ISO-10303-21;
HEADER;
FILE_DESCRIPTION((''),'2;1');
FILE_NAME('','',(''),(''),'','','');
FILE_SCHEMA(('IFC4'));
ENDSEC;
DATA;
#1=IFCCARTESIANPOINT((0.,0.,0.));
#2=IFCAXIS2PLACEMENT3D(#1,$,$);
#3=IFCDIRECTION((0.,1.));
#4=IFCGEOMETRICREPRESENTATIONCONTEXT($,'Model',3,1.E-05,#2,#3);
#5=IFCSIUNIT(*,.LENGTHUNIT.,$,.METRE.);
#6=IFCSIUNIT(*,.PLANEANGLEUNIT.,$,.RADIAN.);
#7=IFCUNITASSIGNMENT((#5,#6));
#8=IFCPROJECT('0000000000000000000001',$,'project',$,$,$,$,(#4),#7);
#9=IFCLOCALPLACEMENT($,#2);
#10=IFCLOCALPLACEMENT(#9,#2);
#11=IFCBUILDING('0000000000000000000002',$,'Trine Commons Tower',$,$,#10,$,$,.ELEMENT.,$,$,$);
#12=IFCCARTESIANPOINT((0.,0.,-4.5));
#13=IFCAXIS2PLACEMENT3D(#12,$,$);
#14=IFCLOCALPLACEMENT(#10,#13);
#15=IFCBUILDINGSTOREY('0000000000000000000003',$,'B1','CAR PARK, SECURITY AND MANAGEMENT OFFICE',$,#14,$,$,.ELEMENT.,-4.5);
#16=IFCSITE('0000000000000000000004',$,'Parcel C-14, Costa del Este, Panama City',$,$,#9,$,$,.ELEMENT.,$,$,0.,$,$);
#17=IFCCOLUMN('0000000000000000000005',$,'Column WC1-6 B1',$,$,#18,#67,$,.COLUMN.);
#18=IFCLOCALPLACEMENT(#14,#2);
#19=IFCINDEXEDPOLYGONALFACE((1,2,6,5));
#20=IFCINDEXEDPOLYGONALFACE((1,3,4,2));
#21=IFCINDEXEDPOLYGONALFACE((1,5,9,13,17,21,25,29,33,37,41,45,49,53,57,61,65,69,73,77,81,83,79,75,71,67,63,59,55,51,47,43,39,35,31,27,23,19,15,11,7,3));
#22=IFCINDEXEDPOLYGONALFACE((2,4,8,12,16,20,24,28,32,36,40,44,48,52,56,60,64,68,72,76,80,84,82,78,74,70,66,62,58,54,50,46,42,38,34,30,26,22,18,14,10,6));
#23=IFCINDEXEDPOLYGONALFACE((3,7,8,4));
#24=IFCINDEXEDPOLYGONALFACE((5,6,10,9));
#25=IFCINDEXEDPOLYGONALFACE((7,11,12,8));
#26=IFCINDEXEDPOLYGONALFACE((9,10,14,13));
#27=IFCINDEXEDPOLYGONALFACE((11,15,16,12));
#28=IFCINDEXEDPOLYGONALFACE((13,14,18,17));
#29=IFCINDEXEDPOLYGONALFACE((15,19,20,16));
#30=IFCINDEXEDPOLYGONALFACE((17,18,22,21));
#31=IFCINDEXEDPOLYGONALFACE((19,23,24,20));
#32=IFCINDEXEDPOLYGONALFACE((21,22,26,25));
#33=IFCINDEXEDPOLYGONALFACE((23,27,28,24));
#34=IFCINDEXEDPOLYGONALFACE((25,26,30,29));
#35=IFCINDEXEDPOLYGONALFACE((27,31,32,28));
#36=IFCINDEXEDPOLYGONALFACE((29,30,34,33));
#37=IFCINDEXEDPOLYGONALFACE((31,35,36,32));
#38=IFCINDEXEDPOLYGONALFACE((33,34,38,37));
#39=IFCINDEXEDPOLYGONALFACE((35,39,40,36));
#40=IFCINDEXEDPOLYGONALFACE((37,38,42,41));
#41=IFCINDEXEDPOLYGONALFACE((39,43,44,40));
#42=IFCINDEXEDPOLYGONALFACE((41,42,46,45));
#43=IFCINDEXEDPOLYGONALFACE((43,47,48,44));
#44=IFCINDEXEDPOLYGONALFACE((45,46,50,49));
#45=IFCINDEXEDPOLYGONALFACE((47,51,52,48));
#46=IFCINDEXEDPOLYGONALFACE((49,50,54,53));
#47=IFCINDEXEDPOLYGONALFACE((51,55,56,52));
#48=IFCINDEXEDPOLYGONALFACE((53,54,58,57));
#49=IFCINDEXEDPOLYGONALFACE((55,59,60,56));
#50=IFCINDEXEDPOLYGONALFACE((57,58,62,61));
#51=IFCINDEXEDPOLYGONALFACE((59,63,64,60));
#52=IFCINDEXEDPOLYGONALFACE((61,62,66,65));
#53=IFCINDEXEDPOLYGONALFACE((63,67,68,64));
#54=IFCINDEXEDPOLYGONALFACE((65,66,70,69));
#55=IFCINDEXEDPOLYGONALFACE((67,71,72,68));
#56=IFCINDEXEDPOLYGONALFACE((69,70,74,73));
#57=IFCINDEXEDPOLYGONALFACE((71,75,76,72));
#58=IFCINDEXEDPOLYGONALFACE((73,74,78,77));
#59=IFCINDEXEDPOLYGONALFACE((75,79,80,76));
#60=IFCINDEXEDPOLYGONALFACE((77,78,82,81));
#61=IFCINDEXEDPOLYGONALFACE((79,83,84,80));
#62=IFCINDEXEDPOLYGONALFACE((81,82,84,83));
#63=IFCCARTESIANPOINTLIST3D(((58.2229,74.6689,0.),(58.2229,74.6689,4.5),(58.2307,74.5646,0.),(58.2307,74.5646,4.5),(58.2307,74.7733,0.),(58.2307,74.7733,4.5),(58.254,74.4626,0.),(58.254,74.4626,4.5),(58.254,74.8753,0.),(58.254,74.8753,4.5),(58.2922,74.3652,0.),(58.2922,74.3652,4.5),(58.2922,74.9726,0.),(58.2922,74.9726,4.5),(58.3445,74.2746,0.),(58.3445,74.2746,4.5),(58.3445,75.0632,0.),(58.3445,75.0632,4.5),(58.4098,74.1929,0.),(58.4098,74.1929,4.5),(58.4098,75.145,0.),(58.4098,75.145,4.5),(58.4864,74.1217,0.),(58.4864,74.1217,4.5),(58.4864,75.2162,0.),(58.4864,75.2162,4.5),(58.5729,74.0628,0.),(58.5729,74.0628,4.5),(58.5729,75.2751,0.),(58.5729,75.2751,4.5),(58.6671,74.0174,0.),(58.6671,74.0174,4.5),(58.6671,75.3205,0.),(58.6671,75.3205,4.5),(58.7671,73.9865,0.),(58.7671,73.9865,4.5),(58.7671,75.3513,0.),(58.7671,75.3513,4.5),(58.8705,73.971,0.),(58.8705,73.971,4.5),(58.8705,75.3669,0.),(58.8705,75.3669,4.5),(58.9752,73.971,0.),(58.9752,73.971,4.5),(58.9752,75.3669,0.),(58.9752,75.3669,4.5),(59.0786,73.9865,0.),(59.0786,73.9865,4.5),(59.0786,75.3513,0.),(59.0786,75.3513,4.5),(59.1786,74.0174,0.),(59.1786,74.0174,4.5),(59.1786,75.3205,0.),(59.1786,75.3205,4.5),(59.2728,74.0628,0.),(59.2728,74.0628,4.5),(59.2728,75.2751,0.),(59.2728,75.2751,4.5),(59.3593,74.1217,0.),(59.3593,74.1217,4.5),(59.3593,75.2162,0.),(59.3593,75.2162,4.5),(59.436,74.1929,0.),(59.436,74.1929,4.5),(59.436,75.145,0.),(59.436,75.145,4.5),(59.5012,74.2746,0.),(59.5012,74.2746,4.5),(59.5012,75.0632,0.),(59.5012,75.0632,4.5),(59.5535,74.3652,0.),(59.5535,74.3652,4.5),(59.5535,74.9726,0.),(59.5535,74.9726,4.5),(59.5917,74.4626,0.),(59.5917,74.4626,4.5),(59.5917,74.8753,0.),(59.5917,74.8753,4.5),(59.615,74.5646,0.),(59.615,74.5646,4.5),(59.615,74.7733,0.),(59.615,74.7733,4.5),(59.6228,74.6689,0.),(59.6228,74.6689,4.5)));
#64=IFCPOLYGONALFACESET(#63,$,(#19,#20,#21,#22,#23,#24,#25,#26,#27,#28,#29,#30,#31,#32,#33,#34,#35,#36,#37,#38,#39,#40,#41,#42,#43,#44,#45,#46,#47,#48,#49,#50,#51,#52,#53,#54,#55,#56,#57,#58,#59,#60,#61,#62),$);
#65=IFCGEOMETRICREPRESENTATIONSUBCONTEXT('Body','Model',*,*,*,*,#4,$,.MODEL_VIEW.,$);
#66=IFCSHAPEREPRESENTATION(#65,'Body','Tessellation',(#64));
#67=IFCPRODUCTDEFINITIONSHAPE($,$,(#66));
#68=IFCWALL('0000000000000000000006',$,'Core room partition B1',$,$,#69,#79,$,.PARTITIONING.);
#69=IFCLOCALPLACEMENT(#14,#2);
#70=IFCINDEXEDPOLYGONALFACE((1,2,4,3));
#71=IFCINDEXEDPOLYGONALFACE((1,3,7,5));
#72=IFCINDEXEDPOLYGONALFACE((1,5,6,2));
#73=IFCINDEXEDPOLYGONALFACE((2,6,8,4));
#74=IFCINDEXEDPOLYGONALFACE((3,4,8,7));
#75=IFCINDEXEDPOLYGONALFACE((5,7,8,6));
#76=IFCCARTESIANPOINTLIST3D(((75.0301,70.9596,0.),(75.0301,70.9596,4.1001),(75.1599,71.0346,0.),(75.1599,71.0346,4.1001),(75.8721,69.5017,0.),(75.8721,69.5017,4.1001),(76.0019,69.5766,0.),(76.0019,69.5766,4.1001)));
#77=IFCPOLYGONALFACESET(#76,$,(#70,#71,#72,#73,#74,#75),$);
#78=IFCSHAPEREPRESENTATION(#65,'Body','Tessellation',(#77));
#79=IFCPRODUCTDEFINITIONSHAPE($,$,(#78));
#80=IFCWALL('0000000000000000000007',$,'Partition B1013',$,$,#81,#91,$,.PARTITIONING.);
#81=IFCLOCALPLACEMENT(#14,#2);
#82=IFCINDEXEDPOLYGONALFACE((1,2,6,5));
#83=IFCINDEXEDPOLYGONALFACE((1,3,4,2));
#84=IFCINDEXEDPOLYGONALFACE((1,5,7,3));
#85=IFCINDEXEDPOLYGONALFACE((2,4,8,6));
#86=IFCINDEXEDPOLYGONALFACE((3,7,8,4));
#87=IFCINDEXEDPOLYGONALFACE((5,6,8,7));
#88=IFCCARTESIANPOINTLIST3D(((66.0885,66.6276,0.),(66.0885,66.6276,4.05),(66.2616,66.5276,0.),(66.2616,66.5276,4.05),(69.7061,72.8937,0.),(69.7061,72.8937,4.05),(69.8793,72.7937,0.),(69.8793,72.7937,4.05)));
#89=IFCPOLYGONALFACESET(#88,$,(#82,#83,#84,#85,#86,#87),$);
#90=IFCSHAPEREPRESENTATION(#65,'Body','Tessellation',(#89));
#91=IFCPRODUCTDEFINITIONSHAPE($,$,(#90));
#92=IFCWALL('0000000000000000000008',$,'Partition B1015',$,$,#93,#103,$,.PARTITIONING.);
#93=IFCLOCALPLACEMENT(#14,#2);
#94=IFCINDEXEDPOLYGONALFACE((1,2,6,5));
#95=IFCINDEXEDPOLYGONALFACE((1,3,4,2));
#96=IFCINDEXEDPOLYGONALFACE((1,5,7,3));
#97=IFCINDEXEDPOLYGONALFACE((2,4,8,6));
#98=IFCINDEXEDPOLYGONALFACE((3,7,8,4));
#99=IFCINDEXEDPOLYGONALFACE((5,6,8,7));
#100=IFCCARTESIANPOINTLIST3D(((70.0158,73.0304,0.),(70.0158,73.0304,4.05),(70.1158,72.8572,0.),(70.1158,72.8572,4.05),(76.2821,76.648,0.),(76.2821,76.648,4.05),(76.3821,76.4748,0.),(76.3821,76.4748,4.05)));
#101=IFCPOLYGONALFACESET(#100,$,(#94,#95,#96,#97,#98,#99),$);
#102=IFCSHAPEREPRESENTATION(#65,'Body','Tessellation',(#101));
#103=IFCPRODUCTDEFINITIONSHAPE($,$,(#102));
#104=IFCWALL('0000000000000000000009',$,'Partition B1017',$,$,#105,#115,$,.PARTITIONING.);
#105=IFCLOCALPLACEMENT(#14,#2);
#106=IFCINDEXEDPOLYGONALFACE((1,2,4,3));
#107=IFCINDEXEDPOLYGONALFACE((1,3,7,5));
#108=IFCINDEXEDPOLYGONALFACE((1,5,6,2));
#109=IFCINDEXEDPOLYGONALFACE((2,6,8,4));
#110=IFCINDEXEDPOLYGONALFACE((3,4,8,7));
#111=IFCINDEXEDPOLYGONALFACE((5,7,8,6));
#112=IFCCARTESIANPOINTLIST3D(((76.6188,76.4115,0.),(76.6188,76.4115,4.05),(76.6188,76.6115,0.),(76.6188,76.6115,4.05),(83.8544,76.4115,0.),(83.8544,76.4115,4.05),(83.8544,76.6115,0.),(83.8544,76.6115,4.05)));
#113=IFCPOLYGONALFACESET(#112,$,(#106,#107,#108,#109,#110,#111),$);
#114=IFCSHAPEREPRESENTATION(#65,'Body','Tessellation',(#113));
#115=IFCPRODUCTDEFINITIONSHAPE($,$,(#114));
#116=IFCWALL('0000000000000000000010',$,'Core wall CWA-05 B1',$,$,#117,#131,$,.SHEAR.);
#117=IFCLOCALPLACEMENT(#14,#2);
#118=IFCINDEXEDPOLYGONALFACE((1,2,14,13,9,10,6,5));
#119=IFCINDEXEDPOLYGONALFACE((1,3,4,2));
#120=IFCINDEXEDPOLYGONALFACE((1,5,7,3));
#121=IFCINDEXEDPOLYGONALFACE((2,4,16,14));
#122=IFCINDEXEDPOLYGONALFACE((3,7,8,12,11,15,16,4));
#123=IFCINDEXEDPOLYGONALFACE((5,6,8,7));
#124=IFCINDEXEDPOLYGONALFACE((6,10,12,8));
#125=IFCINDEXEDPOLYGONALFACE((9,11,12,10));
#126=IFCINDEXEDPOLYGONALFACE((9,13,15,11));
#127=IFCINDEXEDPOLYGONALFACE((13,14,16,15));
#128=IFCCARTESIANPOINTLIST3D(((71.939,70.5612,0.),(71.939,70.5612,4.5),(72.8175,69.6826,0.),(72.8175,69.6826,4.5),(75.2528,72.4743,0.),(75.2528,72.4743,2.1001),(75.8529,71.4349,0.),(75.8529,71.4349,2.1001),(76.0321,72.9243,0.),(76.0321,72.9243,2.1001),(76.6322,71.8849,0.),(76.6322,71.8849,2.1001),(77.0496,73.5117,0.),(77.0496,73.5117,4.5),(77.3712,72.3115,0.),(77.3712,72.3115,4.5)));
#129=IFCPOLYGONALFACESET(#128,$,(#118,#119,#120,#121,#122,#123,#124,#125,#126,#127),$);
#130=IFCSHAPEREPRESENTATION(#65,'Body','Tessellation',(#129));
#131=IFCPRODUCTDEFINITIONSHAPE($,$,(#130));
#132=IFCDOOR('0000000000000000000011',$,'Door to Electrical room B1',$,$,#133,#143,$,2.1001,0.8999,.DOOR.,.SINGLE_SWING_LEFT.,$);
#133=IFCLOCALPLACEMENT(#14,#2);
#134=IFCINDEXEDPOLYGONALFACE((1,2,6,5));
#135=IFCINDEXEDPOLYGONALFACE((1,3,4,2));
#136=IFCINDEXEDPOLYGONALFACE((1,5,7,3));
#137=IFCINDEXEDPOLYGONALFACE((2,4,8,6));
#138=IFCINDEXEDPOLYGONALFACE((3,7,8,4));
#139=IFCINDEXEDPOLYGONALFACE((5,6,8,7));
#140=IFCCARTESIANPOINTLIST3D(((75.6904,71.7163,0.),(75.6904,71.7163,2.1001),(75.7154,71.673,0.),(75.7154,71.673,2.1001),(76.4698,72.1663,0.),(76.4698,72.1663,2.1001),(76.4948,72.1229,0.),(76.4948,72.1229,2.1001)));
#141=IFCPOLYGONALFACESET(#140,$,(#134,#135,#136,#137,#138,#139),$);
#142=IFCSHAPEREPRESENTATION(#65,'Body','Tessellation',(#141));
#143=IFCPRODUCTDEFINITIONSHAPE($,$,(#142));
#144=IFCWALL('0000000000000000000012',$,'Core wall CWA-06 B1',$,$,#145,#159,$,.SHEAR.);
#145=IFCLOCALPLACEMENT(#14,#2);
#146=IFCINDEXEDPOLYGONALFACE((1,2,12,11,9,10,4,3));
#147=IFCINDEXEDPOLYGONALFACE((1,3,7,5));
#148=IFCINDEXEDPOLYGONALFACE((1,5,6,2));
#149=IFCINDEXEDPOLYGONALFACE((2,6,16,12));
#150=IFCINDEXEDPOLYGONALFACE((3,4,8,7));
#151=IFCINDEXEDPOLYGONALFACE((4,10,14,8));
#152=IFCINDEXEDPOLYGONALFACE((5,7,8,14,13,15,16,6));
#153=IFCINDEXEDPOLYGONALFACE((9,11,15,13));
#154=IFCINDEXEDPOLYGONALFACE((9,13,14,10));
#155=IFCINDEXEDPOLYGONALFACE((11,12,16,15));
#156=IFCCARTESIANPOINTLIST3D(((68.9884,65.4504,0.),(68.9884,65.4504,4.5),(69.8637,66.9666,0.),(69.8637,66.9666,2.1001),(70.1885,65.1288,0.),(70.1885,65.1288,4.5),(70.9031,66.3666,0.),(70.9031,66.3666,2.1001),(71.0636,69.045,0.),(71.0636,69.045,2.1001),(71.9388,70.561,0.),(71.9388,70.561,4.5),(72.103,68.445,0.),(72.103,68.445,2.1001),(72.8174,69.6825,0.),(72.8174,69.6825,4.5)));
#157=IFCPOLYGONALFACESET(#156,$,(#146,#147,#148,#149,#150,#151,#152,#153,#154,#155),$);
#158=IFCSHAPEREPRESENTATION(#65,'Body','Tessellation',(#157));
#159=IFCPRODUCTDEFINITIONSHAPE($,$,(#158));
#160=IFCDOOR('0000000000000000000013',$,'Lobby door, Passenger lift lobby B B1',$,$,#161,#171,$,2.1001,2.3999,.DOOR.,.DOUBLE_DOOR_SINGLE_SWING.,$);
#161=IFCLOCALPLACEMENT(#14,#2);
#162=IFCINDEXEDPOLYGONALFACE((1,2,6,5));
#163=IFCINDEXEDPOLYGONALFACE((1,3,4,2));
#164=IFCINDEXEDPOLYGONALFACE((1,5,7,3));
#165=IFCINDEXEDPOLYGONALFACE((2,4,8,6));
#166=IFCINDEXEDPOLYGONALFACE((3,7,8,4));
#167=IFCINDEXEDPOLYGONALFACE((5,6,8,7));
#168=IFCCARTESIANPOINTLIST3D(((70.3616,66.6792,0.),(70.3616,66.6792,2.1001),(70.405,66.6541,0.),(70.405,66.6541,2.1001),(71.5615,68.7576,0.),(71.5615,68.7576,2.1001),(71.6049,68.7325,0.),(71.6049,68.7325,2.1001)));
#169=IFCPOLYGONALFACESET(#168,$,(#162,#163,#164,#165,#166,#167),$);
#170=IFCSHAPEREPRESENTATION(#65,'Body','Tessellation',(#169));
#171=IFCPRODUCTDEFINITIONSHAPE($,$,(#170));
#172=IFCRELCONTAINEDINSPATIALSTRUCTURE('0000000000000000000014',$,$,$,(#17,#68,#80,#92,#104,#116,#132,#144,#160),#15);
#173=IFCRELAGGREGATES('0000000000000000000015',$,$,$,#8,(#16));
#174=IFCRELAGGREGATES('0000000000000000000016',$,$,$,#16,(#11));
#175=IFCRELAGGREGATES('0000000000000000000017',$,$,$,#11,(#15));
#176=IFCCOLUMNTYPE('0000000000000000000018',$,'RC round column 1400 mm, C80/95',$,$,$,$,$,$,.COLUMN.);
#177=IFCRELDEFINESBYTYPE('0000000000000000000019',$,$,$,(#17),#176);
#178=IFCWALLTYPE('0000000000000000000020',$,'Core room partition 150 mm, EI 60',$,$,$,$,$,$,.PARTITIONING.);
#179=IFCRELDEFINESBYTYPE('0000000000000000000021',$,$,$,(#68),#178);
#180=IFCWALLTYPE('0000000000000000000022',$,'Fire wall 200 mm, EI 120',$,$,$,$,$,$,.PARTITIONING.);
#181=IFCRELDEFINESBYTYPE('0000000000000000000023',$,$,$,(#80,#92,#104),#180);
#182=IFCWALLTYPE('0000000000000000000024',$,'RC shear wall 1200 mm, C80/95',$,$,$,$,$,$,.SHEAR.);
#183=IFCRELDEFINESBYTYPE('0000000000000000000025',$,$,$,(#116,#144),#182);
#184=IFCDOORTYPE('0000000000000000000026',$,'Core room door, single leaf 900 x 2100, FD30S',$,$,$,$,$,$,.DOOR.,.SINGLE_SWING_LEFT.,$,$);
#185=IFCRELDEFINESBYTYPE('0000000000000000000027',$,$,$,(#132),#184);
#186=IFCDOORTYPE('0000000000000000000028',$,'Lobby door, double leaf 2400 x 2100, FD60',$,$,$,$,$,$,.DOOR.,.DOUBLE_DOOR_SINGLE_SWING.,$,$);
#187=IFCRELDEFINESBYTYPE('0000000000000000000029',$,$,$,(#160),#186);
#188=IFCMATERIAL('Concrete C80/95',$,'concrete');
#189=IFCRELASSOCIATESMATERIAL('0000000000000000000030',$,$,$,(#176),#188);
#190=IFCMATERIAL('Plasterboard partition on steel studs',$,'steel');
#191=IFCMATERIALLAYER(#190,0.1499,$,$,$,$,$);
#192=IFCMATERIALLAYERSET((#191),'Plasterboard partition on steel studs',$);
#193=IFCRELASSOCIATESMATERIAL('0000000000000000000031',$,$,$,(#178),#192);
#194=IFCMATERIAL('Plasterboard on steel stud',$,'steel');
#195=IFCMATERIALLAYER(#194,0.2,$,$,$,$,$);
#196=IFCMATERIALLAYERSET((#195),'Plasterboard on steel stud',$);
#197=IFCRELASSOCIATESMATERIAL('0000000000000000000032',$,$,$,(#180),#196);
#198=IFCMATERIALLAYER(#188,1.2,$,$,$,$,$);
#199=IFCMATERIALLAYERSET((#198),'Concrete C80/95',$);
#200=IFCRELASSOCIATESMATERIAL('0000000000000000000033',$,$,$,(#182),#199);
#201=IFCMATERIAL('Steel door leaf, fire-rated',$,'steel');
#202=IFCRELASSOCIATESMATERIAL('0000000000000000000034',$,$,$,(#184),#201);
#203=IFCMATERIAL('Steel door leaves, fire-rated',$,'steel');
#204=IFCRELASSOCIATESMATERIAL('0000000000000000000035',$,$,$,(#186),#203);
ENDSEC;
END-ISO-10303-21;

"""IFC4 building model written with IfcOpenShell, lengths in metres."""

from ifc_helpers import new_model, si_unit, direction, frame, frame_2d, origin, origin_2d, place, context, subcontext, project, spatial, polyline, rectangle, circle, outline, extrude, material, layer, layer_set, material_profile, profile_set, type_object, element, fill, save


model = new_model("IFC4")

# Units and contexts
model_context = context("Model", 3, precision=1e-05, world=origin(), true_north=direction((0.0, 1.0)))
body_context = subcontext(model_context, "Body", "Model", "MODEL_VIEW")
ifc_project = project(units=[si_unit("LENGTHUNIT", "METRE"), si_unit("PLANEANGLEUNIT", "RADIAN")], contexts=[model_context])

# Site, building, storey
site_placement = place(None, origin())
site = spatial("IfcSite", under=ifc_project, at=site_placement, Name="Parcel C-14, Costa del Este, Panama City", CompositionType="ELEMENT", RefElevation=0.0)
building_placement = place(site_placement, origin())
building = spatial("IfcBuilding", under=site, at=building_placement, Name="Trine Commons Tower", CompositionType="ELEMENT")
storey_placement = place(building_placement, frame((0.0, 0.0, -4.5)))
storey = spatial("IfcBuildingStorey", under=building, at=storey_placement, Name="B1", Description="CAR PARK, SECURITY AND MANAGEMENT OFFICE", CompositionType="ELEMENT", Elevation=-4.5)

# Column
ifc_material_1 = material(Name="Concrete C80/95", Category="concrete")
ifc_material_profile_1 = material_profile(ifc_material_1, circle(Radius=0.7, at=origin_2d()), Name="RC round 1400")
ifc_profile_set_1 = profile_set([ifc_material_profile_1], Name="Concrete C80/95")
column_type_1 = type_object("IfcColumnType", Name="RC round column 1400 mm, C80/95", PredefinedType="COLUMN", material=ifc_profile_set_1)
for number, where, z_axis, x_axis, name in (
    (1, (58.9229, 74.6689, 0.0), (0.0, 0.0, 1.0), (1.0, 0.0, 0.0), "Column WC1-6 B1"),
):
    element("IfcColumn", number, at=place(storey_placement, frame(where, z_axis=z_axis, x_axis=x_axis)), inside=storey, type_object=column_type_1, Name=name, PredefinedType="COLUMN", context=body_context, shape_type="SweptSolid", body=[
        extrude(circle(Radius=0.7, at=origin_2d()), origin(), (0.0, 0.0, 1.0), 4.5),
    ])

# Walls
ifc_material_2 = material(Name="Plasterboard partition on steel studs", Category="steel")
ifc_layer_1 = layer(ifc_material_2, 0.1499)
ifc_layer_set_1 = layer_set([ifc_layer_1], Name="Plasterboard partition on steel studs")
wall_type_1 = type_object("IfcWallType", Name="Core room partition 150 mm, EI 60", PredefinedType="PARTITIONING", material=ifc_layer_set_1)
wall_1_placement = place(storey_placement, frame((75.095, 70.9971, 0.0), z_axis=(0.0, 0.0, 1.0), x_axis=(0.500116, -0.865959, 0.0)))
element("IfcWall", 2, at=wall_1_placement, inside=storey, type_object=wall_type_1, Name="Core room partition B1", PredefinedType="PARTITIONING", context=body_context, shape_type="SweptSolid", body=[
    extrude(rectangle(XDim=1.6836, YDim=0.1499, at=frame_2d((0.8418, 0.0))), origin(), (0.0, 0.0, 1.0), 4.1001),
])
ifc_material_3 = material(Name="Plasterboard on steel stud", Category="steel")
ifc_layer_2 = layer(ifc_material_3, 0.2)
ifc_layer_set_2 = layer_set([ifc_layer_2], Name="Plasterboard on steel stud")
wall_type_2 = type_object("IfcWallType", Name="Fire wall 200 mm, EI 120", PredefinedType="PARTITIONING", material=ifc_layer_set_2)
wall_2_placement = place(storey_placement, frame((66.175, 66.5776, 0.0), z_axis=(0.0, 0.0, 1.0), x_axis=(0.499993, 0.866029, 0.0)))
element("IfcWall", 3, at=wall_2_placement, inside=storey, type_object=wall_type_2, Name="Partition B1013", PredefinedType="PARTITIONING", context=body_context, shape_type="SweptSolid", body=[
    extrude(rectangle(XDim=7.2354, YDim=0.2, at=frame_2d((3.6177, 0.0))), origin(), (0.0, 0.0, 1.0), 4.05),
])
for number, where, z_axis, x_axis, name in (
    (4, (70.0659, 72.9438, 0.0), (0.0, 0.0, 1.0), (0.866038, 0.499979, 0.0), "Partition B1015"),
    (5, (76.6189, 76.5115, 0.0), (0.0, 0.0, 1.0), (1.0, 0.0, 0.0), "Partition B1017"),
):
    element("IfcWall", number, at=place(storey_placement, frame(where, z_axis=z_axis, x_axis=x_axis)), inside=storey, type_object=wall_type_2, Name=name, PredefinedType="PARTITIONING", context=body_context, shape_type="SweptSolid", body=[
        extrude(rectangle(XDim=7.2356, YDim=0.2, at=frame_2d((3.6177, 0.0))), origin(), (0.0, 0.0, 1.0), 4.05),
    ])

# Walls, openings, doors
ifc_layer_3 = layer(ifc_material_1, 1.2)
ifc_layer_set_3 = layer_set([ifc_layer_3], Name="Concrete C80/95")
wall_type_3 = type_object("IfcWallType", Name="RC shear wall 1200 mm, C80/95", PredefinedType="SHEAR", material=ifc_layer_set_3)
wall_3_placement = place(storey_placement, frame((77.3496, 72.9919, 0.0), z_axis=(0.0, 0.0, 1.0), x_axis=(-0.866037, -0.499979, 0.0)))
wall_3 = element("IfcWall", 6, at=wall_3_placement, inside=storey, type_object=wall_type_3, Name="Core wall CWA-05 B1", PredefinedType="SHEAR", context=body_context, shape_type="SweptSolid", body=[
    extrude(outline(polyline([(0.0, -0.6001), (5.9011, -0.6001), (5.5796, 0.6001), (0.3215, 0.6001), (0.0, -0.6001)])), origin(), (0.0, 0.0, 1.0), 4.5),
])
opening_1_placement = place(wall_3_placement, frame((1.1748, 0.0, 0.0)))
opening_1 = element("IfcOpeningElement", 7, at=opening_1_placement, cuts=wall_3, PredefinedType="OPENING", context=body_context, shape_type="SweptSolid", body=[
    extrude(rectangle(XDim=0.8999, YDim=2.1001, at=frame_2d((0.45, 1.05))), frame((0.0, 0.6099, 0.0), z_axis=(0.0, -1.0, 0.0), x_axis=(1.0, 0.0, 0.0)), (0.0, 0.0, 1.0), 1.22),
])
ifc_material_4 = material(Name="Steel door leaf, fire-rated", Category="steel")
door_type_1 = type_object("IfcDoorType", Name="Core room door, single leaf 900 x 2100, FD30S", OperationType="SINGLE_SWING_LEFT", PredefinedType="DOOR", material=ifc_material_4)
door_1_placement = place(opening_1_placement, origin())
door_1 = element("IfcDoor", 8, at=door_1_placement, inside=storey, type_object=door_type_1, Name="Door to Electrical room B1", OperationType="SINGLE_SWING_LEFT", OverallHeight=2.1001, OverallWidth=0.8999, PredefinedType="DOOR", context=body_context, shape_type="SweptSolid", body=[
    extrude(rectangle(XDim=0.8999, YDim=2.1001, at=frame_2d((0.45, 1.05))), frame((0.0, 0.3252, 0.0), z_axis=(0.0, -1.0, 0.0), x_axis=(1.0, 0.0, 0.0)), (0.0, 0.0, 1.0), 0.05),
])
fill(opening_1, door_1)
wall_4_placement = place(storey_placement, frame((72.4585, 70.261, 0.0), z_axis=(0.0, 0.0, 1.0), x_axis=(-0.499979, -0.866037, 0.0)))
wall_4 = element("IfcWall", 9, at=wall_4_placement, inside=storey, type_object=wall_type_3, Name="Core wall CWA-06 B1", PredefinedType="SHEAR", context=body_context, shape_type="SweptSolid", body=[
    extrude(outline(polyline([(0.0, -0.6001), (5.9011, -0.6001), (5.5796, 0.6001), (0.3215, 0.6001), (0.0, -0.6001)])), origin(), (0.0, 0.0, 1.0), 4.5),
])
opening_2_placement = place(wall_4_placement, frame((1.7505, 0.0, 0.0)))
opening_2 = element("IfcOpeningElement", 10, at=opening_2_placement, cuts=wall_4, PredefinedType="OPENING", context=body_context, shape_type="SweptSolid", body=[
    extrude(rectangle(XDim=2.3999, YDim=2.1001, at=frame_2d((1.2, 1.05))), frame((0.0, 0.6099, 0.0), z_axis=(0.0, -1.0, 0.0), x_axis=(1.0, 0.0, 0.0)), (0.0, 0.0, 1.0), 1.22),
])
ifc_material_5 = material(Name="Steel door leaves, fire-rated", Category="steel")
door_type_2 = type_object("IfcDoorType", Name="Lobby door, double leaf 2400 x 2100, FD60", OperationType="DOUBLE_DOOR_SINGLE_SWING", PredefinedType="DOOR", material=ifc_material_5)
door_2_placement = place(opening_2_placement, origin())
door_2 = element("IfcDoor", 11, at=door_2_placement, inside=storey, type_object=door_type_2, Name="Lobby door, Passenger lift lobby B B1", OperationType="DOUBLE_DOOR_SINGLE_SWING", OverallHeight=2.1001, OverallWidth=2.3999, PredefinedType="DOOR", context=body_context, shape_type="SweptSolid", body=[
    extrude(rectangle(XDim=2.3999, YDim=2.1001, at=frame_2d((1.2, 1.05))), frame((0.0, 0.0249, 0.0), z_axis=(0.0, -1.0, 0.0), x_axis=(1.0, 0.0, 0.0)), (0.0, 0.0, 1.0), 0.05),
])
fill(opening_2, door_2)

save(model, "model.ifc")
